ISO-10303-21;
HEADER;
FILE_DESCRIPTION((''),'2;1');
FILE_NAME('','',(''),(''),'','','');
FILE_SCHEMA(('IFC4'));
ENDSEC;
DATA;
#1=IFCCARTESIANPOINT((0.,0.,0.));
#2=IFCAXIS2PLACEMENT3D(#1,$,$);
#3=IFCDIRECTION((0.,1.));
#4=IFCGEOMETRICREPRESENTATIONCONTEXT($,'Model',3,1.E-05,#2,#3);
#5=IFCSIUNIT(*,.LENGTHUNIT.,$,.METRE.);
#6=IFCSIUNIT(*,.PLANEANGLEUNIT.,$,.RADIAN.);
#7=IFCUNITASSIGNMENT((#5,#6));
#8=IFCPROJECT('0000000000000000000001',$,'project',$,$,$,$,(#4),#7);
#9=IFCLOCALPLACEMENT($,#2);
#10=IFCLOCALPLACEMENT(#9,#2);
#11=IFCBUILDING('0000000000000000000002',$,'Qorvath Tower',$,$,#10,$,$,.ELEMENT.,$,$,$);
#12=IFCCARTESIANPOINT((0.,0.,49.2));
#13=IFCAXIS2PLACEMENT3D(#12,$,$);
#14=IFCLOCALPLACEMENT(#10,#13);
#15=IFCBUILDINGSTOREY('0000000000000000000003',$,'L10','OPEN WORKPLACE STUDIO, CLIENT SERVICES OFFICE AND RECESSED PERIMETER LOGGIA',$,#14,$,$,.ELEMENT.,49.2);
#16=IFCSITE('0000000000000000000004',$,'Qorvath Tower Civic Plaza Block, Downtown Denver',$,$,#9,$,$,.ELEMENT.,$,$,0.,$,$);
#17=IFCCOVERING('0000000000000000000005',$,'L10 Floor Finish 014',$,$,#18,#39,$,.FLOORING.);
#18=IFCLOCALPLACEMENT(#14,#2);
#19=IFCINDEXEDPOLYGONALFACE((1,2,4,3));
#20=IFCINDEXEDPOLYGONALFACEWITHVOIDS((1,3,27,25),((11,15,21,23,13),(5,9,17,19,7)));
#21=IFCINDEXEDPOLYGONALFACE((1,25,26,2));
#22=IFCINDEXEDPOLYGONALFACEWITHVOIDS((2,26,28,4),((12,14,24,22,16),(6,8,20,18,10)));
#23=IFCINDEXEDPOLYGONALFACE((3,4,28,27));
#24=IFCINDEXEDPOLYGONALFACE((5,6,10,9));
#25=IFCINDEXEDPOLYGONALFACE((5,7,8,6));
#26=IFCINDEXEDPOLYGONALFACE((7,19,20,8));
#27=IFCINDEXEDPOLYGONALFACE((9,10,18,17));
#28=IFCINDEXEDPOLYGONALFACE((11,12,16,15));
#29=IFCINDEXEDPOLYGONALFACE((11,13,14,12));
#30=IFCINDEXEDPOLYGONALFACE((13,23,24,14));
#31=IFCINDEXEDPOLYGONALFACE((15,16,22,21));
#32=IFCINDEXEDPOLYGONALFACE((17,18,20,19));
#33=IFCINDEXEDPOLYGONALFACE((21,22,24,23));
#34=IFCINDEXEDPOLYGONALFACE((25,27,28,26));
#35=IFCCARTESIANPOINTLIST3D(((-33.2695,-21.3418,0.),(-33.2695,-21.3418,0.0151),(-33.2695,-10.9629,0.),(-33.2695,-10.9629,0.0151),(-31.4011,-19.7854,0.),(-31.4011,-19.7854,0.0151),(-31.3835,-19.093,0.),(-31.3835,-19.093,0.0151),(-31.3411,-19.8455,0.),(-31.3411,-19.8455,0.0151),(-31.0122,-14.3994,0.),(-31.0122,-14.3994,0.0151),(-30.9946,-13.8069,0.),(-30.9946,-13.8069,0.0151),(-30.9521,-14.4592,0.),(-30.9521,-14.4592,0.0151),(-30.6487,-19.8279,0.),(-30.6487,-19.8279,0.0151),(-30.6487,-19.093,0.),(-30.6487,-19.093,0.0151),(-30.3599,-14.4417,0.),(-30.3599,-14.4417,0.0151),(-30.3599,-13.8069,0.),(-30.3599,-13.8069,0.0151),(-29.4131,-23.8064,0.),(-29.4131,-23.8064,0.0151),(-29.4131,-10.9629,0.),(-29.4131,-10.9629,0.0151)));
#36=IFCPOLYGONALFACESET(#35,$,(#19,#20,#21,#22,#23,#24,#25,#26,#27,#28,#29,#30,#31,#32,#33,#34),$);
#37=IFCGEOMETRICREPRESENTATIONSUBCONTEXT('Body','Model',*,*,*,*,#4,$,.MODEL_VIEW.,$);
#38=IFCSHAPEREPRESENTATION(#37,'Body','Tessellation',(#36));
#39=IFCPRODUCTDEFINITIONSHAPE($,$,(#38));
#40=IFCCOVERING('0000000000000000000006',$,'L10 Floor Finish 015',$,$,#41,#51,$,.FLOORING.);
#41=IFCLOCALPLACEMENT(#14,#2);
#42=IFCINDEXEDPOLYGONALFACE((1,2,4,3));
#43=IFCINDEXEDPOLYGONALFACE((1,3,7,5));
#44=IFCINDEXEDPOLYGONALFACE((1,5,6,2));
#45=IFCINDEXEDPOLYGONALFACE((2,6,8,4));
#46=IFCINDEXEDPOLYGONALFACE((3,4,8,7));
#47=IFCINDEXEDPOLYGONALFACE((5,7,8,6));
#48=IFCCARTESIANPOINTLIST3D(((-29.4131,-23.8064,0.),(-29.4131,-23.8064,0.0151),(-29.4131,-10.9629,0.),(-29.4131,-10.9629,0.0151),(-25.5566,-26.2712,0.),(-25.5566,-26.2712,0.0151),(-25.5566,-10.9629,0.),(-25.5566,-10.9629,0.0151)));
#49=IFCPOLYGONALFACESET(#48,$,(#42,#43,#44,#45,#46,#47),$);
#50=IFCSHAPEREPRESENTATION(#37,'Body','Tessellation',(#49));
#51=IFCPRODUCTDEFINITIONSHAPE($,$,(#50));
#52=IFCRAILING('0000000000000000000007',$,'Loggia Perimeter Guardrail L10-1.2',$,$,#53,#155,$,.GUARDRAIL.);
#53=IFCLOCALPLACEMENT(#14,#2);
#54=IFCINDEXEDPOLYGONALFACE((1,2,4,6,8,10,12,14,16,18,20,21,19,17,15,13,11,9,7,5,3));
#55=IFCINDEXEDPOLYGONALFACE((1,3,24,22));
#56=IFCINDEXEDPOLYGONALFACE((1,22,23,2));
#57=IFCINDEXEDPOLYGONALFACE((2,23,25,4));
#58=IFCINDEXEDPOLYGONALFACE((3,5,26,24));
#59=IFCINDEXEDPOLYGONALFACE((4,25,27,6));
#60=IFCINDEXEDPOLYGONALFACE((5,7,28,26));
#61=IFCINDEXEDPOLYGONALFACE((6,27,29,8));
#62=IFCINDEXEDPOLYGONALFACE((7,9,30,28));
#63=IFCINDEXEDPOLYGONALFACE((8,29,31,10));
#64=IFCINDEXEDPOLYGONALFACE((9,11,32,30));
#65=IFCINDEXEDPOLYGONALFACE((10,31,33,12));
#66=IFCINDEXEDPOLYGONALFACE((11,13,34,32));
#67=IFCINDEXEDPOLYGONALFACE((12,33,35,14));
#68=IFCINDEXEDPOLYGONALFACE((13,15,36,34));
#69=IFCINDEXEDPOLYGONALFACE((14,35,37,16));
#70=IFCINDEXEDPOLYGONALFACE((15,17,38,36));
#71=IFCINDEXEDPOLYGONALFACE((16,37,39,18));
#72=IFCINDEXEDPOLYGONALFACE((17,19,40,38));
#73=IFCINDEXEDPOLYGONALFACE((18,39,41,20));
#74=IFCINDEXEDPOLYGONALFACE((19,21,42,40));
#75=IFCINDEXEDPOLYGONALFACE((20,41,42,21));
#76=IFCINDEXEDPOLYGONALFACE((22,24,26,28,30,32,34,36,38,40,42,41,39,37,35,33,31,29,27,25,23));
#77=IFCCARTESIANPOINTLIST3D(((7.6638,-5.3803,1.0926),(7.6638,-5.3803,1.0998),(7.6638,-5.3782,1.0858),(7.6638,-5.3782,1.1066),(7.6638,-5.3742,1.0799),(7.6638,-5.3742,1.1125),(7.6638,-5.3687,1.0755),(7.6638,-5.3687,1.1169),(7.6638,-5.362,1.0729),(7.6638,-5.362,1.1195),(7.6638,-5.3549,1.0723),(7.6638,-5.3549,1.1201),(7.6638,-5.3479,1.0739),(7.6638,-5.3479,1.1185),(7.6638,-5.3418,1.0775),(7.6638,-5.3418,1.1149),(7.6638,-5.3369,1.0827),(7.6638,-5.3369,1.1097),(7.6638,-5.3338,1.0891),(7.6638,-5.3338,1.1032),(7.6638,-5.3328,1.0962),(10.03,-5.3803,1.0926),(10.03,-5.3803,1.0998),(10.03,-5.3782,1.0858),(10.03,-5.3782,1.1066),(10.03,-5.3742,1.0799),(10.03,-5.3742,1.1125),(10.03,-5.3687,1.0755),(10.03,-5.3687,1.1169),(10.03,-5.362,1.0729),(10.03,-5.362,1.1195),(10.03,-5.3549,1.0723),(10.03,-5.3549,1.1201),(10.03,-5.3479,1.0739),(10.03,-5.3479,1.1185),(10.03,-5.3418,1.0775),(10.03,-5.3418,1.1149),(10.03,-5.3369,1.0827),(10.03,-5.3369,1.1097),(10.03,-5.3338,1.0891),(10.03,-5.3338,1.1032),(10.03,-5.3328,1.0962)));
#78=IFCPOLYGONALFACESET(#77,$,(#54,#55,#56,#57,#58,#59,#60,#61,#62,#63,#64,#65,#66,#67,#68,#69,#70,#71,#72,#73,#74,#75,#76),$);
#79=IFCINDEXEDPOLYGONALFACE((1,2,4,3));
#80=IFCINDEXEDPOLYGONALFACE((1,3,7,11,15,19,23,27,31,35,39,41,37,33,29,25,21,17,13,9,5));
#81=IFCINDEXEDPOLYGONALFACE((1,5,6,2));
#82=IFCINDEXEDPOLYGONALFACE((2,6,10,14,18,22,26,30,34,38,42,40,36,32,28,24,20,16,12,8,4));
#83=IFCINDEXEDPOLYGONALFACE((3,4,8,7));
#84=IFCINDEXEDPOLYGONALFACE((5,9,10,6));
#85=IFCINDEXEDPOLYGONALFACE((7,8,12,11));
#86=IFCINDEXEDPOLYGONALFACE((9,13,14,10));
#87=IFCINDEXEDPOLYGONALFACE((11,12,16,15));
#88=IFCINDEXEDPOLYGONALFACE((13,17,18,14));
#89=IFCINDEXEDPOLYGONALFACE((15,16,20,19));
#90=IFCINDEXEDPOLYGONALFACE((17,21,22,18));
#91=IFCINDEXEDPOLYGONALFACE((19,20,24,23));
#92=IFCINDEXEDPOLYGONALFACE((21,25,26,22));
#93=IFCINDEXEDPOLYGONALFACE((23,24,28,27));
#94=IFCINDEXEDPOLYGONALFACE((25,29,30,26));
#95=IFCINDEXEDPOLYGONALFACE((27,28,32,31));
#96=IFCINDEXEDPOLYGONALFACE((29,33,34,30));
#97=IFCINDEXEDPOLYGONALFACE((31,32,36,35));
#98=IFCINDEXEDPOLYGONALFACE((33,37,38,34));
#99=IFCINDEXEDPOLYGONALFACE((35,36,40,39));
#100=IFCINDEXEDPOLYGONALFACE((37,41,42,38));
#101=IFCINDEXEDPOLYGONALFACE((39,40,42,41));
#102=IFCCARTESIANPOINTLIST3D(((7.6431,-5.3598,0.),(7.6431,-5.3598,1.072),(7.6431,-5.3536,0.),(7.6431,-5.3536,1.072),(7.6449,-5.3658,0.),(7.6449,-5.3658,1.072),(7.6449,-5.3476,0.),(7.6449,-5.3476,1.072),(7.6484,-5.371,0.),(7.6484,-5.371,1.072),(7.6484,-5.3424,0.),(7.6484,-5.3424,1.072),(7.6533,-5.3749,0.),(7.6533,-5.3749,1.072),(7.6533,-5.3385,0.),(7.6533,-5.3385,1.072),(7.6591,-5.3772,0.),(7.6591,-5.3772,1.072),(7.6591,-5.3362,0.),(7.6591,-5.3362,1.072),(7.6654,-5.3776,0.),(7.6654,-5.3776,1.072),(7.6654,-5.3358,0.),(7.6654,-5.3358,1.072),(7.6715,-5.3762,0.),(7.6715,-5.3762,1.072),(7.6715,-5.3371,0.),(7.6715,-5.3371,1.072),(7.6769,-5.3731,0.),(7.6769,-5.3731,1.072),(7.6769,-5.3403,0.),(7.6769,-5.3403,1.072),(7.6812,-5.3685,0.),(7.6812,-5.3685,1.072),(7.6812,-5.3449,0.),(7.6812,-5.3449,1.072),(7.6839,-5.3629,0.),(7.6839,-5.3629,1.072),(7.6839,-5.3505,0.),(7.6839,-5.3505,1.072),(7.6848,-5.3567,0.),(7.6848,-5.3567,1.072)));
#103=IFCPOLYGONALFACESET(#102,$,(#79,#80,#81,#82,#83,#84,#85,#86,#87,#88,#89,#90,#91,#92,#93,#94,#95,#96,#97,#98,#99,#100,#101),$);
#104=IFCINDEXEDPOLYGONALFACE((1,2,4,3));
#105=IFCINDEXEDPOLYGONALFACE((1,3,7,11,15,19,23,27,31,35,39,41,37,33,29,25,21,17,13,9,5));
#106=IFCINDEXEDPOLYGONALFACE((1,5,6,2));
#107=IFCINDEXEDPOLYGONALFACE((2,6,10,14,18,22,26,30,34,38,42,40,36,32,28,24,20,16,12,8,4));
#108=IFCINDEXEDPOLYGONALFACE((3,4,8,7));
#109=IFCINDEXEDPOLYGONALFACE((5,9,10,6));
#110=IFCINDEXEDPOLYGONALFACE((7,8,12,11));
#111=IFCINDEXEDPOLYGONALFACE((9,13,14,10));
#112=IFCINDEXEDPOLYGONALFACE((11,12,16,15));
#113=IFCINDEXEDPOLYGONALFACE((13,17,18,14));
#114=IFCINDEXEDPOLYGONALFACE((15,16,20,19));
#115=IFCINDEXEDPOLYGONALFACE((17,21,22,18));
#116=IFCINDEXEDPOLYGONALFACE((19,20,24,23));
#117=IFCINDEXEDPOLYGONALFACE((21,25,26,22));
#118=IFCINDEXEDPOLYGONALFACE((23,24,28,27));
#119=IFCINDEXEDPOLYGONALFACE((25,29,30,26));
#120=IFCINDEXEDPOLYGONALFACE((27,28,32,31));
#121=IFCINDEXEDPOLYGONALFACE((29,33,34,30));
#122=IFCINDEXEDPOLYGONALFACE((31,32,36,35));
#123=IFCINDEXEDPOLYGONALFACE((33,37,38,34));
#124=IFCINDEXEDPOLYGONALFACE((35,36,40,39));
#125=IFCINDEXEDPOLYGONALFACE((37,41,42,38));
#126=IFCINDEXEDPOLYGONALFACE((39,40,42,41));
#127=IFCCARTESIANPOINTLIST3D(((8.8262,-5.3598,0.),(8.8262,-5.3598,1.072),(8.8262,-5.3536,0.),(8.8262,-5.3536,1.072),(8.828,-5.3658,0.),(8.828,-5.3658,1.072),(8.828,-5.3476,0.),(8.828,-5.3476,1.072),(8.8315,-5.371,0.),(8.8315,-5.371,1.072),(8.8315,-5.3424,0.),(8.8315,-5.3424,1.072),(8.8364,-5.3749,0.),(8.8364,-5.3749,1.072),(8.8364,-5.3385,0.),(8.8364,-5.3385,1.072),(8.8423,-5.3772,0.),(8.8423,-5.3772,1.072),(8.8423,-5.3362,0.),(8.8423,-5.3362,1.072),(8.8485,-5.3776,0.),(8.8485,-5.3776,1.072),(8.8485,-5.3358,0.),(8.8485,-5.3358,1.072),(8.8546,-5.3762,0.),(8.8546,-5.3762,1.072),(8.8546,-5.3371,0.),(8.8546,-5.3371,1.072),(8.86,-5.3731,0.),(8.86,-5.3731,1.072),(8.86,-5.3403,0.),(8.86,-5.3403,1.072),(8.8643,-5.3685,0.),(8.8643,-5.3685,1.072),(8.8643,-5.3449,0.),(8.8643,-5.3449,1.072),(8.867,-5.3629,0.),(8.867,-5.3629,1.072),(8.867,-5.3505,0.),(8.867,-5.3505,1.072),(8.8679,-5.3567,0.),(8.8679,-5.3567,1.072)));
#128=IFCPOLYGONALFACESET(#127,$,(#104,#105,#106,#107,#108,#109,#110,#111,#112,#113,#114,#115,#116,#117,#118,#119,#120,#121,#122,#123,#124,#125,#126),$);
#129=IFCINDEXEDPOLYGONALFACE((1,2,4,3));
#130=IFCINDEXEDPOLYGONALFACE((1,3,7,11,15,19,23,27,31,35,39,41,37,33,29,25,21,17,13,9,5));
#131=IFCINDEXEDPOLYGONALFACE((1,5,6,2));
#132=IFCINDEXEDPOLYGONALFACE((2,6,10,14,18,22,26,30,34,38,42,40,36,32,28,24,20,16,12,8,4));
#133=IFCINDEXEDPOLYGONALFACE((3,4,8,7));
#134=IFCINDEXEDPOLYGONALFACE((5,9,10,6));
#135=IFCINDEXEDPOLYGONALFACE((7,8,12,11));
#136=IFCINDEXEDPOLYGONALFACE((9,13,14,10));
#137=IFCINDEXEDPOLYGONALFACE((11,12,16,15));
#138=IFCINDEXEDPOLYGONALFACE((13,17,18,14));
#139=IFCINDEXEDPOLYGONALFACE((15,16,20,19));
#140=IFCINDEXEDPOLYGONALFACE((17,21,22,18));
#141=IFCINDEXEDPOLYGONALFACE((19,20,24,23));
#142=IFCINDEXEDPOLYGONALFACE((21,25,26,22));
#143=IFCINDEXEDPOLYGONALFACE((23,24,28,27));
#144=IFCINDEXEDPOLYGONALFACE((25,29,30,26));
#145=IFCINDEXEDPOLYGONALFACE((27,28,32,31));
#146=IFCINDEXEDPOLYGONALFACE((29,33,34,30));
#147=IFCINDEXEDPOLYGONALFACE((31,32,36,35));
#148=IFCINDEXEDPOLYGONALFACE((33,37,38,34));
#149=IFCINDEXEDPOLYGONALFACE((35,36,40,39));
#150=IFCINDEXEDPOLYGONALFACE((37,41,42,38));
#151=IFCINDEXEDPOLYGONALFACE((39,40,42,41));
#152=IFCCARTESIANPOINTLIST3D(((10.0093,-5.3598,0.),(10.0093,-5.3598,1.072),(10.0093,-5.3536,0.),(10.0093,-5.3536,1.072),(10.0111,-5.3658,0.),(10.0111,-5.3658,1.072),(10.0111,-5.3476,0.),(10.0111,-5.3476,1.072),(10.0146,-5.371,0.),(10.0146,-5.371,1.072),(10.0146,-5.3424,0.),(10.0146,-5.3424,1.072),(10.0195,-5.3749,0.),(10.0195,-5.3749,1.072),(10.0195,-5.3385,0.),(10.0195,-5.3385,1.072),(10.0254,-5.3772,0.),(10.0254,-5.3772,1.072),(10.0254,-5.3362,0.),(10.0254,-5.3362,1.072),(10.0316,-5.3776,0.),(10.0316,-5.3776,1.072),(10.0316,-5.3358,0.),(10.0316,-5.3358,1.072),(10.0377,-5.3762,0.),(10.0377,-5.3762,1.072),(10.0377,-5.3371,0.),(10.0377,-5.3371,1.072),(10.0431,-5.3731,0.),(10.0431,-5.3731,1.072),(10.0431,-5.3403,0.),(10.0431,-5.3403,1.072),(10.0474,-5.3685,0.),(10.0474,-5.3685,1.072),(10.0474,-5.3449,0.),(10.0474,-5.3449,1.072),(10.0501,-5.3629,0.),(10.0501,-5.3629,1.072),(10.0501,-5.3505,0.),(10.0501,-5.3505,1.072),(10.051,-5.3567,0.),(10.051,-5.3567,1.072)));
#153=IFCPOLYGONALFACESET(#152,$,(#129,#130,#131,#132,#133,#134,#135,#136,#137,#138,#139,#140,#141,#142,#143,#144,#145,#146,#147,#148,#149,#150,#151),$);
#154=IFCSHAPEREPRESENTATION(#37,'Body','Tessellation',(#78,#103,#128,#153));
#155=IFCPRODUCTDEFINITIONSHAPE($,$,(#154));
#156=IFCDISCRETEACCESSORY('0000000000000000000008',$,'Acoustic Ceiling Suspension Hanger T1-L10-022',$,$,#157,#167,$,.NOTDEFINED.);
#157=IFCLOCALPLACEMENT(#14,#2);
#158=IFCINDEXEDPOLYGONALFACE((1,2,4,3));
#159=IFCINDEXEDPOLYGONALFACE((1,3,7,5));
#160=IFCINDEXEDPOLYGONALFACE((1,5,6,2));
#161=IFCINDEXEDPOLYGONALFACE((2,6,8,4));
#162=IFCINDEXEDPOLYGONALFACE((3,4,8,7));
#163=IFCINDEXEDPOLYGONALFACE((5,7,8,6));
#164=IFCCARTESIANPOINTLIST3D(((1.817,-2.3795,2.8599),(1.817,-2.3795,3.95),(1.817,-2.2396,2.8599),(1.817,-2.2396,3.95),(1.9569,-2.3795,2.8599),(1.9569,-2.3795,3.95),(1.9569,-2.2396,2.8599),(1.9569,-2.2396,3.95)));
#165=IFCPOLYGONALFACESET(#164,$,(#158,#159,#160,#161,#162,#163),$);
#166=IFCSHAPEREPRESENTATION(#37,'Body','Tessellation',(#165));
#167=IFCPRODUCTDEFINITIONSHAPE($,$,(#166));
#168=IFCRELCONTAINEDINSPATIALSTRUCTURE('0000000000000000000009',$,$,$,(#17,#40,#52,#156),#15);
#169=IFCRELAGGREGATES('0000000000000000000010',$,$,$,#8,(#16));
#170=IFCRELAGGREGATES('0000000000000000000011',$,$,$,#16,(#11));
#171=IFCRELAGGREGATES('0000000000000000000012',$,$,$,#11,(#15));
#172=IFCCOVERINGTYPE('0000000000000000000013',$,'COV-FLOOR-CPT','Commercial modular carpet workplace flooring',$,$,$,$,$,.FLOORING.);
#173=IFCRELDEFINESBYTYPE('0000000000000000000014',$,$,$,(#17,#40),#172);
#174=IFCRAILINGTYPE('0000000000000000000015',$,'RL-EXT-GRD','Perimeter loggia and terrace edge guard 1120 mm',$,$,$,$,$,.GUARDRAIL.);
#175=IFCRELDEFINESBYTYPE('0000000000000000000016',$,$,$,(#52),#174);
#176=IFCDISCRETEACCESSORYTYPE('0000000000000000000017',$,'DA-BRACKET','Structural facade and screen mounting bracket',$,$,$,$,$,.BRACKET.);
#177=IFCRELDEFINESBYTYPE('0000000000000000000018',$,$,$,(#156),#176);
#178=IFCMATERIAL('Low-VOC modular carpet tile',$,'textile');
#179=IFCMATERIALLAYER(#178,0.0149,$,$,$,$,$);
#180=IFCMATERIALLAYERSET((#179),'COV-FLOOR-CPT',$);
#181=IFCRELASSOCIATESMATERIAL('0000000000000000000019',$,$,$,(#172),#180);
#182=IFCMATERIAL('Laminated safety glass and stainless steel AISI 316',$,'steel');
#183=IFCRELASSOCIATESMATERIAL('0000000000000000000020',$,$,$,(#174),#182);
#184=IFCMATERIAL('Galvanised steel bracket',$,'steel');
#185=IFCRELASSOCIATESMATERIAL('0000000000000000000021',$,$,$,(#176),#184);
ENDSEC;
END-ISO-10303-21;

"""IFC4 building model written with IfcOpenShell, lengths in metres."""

from ifc_helpers import new_model, si_unit, direction, frame, origin, origin_2d, place, context, subcontext, project, spatial, polyline, rectangle, circle, outline, extrude, material, layer, layer_set, type_object, element, save


model = new_model("IFC4")

# Units and contexts
model_context = context("Model", 3, precision=1e-05, world=origin(), true_north=direction((0.0, 1.0)))
body_context = subcontext(model_context, "Body", "Model", "MODEL_VIEW")
ifc_project = project(units=[si_unit("LENGTHUNIT", "METRE"), si_unit("PLANEANGLEUNIT", "RADIAN")], contexts=[model_context])

# Site, building, storey
site_placement = place(None, origin())
site = spatial("IfcSite", under=ifc_project, at=site_placement, Name="Qorvath Tower Civic Plaza Block, Downtown Denver", CompositionType="ELEMENT", RefElevation=0.0)
building_placement = place(site_placement, origin())
building = spatial("IfcBuilding", under=site, at=building_placement, Name="Qorvath Tower", CompositionType="ELEMENT")
storey_placement = place(building_placement, frame((0.0, 0.0, 49.2)))
storey = spatial("IfcBuildingStorey", under=building, at=storey_placement, Name="L10", Description="OPEN WORKPLACE STUDIO, CLIENT SERVICES OFFICE AND RECESSED PERIMETER LOGGIA", CompositionType="ELEMENT", Elevation=49.2)

# Coverings
ifc_material_1 = material(Name="Low-VOC modular carpet tile", Category="textile")
ifc_layer_1 = layer(ifc_material_1, 0.0149)
ifc_layer_set_1 = layer_set([ifc_layer_1], Name="COV-FLOOR-CPT")
covering_type_1 = type_object("IfcCoveringType", Name="COV-FLOOR-CPT", Description="Commercial modular carpet workplace flooring", PredefinedType="FLOORING", material=ifc_layer_set_1)
covering_1_placement = place(storey_placement, origin())
element("IfcCovering", 1, at=covering_1_placement, inside=storey, type_object=covering_type_1, Name="L10 Floor Finish 014", PredefinedType="FLOORING", context=body_context, shape_type="SweptSolid", body=[
    extrude(outline(polyline([(-29.4131, -23.8064), (-29.4131, -10.9629), (-33.2695, -10.9629), (-33.2695, -21.3418), (-29.4131, -23.8064)]), holes=[polyline([(-31.0122, -14.3994), (-30.9946, -13.8069), (-30.3599, -13.8069), (-30.3599, -14.4417), (-30.9521, -14.4592), (-31.0122, -14.3994)]), polyline([(-31.4011, -19.7854), (-31.3835, -19.093), (-30.6487, -19.093), (-30.6487, -19.8279), (-31.3411, -19.8455), (-31.4011, -19.7854)])]), origin(), (0.0, 0.0, 1.0), 0.0151),
])
covering_2_placement = place(storey_placement, origin())
element("IfcCovering", 2, at=covering_2_placement, inside=storey, type_object=covering_type_1, Name="L10 Floor Finish 015", PredefinedType="FLOORING", context=body_context, shape_type="SweptSolid", body=[
    extrude(outline(polyline([(-25.5566, -26.2712), (-25.5566, -10.9629), (-29.4131, -10.9629), (-29.4131, -23.8064), (-25.5566, -26.2712)])), origin(), (0.0, 0.0, 1.0), 0.0151),
])

# Railing
ifc_material_2 = material(Name="Laminated safety glass and stainless steel AISI 316", Category="steel")
railing_type = type_object("IfcRailingType", Name="RL-EXT-GRD", Description="Perimeter loggia and terrace edge guard 1120 mm", PredefinedType="GUARDRAIL", material=ifc_material_2)
railing_1_placement = place(storey_placement, frame((7.6638, -5.3567, 0.0)))
element("IfcRailing", 3, at=railing_1_placement, inside=storey, type_object=railing_type, Name="Loggia Perimeter Guardrail L10-1.2", PredefinedType="GUARDRAIL", context=body_context, shape_type="SweptSolid", body=[
    extrude(circle(Radius=0.0239, at=origin_2d()), frame((0.0, 0.0, 1.0962), z_axis=(1.0, 0.0, 0.0), x_axis=(0.0, 1.0, 0.0)), (0.0, 0.0, 1.0), 2.3662),
    extrude(circle(Radius=0.021, at=origin_2d()), origin(), (0.0, 0.0, 1.0), 1.072),
    extrude(circle(Radius=0.021, at=origin_2d()), frame((1.1831, 0.0, 0.0)), (0.0, 0.0, 1.0), 1.072),
    extrude(circle(Radius=0.021, at=origin_2d()), frame((2.3662, 0.0, 0.0)), (0.0, 0.0, 1.0), 1.072),
])

# Discrete accessory
ifc_material_3 = material(Name="Galvanised steel bracket", Category="steel")
discrete_accessory_type = type_object("IfcDiscreteAccessoryType", Name="DA-BRACKET", Description="Structural facade and screen mounting bracket", PredefinedType="BRACKET", material=ifc_material_3)
discrete_accessory_placement = place(storey_placement, frame((1.887, -2.3096, 2.8599), z_axis=(0.0, 0.0, 1.0), x_axis=(1.0, 0.0, 0.0)))
element("IfcDiscreteAccessory", 4, at=discrete_accessory_placement, inside=storey, type_object=discrete_accessory_type, Name="Acoustic Ceiling Suspension Hanger T1-L10-022", PredefinedType="NOTDEFINED", context=body_context, shape_type="SweptSolid", body=[
    extrude(rectangle(XDim=0.1399, YDim=0.1399, at=origin_2d()), origin(), (0.0, 0.0, 1.0), 1.0901),
])

save(model, "model.ifc")
